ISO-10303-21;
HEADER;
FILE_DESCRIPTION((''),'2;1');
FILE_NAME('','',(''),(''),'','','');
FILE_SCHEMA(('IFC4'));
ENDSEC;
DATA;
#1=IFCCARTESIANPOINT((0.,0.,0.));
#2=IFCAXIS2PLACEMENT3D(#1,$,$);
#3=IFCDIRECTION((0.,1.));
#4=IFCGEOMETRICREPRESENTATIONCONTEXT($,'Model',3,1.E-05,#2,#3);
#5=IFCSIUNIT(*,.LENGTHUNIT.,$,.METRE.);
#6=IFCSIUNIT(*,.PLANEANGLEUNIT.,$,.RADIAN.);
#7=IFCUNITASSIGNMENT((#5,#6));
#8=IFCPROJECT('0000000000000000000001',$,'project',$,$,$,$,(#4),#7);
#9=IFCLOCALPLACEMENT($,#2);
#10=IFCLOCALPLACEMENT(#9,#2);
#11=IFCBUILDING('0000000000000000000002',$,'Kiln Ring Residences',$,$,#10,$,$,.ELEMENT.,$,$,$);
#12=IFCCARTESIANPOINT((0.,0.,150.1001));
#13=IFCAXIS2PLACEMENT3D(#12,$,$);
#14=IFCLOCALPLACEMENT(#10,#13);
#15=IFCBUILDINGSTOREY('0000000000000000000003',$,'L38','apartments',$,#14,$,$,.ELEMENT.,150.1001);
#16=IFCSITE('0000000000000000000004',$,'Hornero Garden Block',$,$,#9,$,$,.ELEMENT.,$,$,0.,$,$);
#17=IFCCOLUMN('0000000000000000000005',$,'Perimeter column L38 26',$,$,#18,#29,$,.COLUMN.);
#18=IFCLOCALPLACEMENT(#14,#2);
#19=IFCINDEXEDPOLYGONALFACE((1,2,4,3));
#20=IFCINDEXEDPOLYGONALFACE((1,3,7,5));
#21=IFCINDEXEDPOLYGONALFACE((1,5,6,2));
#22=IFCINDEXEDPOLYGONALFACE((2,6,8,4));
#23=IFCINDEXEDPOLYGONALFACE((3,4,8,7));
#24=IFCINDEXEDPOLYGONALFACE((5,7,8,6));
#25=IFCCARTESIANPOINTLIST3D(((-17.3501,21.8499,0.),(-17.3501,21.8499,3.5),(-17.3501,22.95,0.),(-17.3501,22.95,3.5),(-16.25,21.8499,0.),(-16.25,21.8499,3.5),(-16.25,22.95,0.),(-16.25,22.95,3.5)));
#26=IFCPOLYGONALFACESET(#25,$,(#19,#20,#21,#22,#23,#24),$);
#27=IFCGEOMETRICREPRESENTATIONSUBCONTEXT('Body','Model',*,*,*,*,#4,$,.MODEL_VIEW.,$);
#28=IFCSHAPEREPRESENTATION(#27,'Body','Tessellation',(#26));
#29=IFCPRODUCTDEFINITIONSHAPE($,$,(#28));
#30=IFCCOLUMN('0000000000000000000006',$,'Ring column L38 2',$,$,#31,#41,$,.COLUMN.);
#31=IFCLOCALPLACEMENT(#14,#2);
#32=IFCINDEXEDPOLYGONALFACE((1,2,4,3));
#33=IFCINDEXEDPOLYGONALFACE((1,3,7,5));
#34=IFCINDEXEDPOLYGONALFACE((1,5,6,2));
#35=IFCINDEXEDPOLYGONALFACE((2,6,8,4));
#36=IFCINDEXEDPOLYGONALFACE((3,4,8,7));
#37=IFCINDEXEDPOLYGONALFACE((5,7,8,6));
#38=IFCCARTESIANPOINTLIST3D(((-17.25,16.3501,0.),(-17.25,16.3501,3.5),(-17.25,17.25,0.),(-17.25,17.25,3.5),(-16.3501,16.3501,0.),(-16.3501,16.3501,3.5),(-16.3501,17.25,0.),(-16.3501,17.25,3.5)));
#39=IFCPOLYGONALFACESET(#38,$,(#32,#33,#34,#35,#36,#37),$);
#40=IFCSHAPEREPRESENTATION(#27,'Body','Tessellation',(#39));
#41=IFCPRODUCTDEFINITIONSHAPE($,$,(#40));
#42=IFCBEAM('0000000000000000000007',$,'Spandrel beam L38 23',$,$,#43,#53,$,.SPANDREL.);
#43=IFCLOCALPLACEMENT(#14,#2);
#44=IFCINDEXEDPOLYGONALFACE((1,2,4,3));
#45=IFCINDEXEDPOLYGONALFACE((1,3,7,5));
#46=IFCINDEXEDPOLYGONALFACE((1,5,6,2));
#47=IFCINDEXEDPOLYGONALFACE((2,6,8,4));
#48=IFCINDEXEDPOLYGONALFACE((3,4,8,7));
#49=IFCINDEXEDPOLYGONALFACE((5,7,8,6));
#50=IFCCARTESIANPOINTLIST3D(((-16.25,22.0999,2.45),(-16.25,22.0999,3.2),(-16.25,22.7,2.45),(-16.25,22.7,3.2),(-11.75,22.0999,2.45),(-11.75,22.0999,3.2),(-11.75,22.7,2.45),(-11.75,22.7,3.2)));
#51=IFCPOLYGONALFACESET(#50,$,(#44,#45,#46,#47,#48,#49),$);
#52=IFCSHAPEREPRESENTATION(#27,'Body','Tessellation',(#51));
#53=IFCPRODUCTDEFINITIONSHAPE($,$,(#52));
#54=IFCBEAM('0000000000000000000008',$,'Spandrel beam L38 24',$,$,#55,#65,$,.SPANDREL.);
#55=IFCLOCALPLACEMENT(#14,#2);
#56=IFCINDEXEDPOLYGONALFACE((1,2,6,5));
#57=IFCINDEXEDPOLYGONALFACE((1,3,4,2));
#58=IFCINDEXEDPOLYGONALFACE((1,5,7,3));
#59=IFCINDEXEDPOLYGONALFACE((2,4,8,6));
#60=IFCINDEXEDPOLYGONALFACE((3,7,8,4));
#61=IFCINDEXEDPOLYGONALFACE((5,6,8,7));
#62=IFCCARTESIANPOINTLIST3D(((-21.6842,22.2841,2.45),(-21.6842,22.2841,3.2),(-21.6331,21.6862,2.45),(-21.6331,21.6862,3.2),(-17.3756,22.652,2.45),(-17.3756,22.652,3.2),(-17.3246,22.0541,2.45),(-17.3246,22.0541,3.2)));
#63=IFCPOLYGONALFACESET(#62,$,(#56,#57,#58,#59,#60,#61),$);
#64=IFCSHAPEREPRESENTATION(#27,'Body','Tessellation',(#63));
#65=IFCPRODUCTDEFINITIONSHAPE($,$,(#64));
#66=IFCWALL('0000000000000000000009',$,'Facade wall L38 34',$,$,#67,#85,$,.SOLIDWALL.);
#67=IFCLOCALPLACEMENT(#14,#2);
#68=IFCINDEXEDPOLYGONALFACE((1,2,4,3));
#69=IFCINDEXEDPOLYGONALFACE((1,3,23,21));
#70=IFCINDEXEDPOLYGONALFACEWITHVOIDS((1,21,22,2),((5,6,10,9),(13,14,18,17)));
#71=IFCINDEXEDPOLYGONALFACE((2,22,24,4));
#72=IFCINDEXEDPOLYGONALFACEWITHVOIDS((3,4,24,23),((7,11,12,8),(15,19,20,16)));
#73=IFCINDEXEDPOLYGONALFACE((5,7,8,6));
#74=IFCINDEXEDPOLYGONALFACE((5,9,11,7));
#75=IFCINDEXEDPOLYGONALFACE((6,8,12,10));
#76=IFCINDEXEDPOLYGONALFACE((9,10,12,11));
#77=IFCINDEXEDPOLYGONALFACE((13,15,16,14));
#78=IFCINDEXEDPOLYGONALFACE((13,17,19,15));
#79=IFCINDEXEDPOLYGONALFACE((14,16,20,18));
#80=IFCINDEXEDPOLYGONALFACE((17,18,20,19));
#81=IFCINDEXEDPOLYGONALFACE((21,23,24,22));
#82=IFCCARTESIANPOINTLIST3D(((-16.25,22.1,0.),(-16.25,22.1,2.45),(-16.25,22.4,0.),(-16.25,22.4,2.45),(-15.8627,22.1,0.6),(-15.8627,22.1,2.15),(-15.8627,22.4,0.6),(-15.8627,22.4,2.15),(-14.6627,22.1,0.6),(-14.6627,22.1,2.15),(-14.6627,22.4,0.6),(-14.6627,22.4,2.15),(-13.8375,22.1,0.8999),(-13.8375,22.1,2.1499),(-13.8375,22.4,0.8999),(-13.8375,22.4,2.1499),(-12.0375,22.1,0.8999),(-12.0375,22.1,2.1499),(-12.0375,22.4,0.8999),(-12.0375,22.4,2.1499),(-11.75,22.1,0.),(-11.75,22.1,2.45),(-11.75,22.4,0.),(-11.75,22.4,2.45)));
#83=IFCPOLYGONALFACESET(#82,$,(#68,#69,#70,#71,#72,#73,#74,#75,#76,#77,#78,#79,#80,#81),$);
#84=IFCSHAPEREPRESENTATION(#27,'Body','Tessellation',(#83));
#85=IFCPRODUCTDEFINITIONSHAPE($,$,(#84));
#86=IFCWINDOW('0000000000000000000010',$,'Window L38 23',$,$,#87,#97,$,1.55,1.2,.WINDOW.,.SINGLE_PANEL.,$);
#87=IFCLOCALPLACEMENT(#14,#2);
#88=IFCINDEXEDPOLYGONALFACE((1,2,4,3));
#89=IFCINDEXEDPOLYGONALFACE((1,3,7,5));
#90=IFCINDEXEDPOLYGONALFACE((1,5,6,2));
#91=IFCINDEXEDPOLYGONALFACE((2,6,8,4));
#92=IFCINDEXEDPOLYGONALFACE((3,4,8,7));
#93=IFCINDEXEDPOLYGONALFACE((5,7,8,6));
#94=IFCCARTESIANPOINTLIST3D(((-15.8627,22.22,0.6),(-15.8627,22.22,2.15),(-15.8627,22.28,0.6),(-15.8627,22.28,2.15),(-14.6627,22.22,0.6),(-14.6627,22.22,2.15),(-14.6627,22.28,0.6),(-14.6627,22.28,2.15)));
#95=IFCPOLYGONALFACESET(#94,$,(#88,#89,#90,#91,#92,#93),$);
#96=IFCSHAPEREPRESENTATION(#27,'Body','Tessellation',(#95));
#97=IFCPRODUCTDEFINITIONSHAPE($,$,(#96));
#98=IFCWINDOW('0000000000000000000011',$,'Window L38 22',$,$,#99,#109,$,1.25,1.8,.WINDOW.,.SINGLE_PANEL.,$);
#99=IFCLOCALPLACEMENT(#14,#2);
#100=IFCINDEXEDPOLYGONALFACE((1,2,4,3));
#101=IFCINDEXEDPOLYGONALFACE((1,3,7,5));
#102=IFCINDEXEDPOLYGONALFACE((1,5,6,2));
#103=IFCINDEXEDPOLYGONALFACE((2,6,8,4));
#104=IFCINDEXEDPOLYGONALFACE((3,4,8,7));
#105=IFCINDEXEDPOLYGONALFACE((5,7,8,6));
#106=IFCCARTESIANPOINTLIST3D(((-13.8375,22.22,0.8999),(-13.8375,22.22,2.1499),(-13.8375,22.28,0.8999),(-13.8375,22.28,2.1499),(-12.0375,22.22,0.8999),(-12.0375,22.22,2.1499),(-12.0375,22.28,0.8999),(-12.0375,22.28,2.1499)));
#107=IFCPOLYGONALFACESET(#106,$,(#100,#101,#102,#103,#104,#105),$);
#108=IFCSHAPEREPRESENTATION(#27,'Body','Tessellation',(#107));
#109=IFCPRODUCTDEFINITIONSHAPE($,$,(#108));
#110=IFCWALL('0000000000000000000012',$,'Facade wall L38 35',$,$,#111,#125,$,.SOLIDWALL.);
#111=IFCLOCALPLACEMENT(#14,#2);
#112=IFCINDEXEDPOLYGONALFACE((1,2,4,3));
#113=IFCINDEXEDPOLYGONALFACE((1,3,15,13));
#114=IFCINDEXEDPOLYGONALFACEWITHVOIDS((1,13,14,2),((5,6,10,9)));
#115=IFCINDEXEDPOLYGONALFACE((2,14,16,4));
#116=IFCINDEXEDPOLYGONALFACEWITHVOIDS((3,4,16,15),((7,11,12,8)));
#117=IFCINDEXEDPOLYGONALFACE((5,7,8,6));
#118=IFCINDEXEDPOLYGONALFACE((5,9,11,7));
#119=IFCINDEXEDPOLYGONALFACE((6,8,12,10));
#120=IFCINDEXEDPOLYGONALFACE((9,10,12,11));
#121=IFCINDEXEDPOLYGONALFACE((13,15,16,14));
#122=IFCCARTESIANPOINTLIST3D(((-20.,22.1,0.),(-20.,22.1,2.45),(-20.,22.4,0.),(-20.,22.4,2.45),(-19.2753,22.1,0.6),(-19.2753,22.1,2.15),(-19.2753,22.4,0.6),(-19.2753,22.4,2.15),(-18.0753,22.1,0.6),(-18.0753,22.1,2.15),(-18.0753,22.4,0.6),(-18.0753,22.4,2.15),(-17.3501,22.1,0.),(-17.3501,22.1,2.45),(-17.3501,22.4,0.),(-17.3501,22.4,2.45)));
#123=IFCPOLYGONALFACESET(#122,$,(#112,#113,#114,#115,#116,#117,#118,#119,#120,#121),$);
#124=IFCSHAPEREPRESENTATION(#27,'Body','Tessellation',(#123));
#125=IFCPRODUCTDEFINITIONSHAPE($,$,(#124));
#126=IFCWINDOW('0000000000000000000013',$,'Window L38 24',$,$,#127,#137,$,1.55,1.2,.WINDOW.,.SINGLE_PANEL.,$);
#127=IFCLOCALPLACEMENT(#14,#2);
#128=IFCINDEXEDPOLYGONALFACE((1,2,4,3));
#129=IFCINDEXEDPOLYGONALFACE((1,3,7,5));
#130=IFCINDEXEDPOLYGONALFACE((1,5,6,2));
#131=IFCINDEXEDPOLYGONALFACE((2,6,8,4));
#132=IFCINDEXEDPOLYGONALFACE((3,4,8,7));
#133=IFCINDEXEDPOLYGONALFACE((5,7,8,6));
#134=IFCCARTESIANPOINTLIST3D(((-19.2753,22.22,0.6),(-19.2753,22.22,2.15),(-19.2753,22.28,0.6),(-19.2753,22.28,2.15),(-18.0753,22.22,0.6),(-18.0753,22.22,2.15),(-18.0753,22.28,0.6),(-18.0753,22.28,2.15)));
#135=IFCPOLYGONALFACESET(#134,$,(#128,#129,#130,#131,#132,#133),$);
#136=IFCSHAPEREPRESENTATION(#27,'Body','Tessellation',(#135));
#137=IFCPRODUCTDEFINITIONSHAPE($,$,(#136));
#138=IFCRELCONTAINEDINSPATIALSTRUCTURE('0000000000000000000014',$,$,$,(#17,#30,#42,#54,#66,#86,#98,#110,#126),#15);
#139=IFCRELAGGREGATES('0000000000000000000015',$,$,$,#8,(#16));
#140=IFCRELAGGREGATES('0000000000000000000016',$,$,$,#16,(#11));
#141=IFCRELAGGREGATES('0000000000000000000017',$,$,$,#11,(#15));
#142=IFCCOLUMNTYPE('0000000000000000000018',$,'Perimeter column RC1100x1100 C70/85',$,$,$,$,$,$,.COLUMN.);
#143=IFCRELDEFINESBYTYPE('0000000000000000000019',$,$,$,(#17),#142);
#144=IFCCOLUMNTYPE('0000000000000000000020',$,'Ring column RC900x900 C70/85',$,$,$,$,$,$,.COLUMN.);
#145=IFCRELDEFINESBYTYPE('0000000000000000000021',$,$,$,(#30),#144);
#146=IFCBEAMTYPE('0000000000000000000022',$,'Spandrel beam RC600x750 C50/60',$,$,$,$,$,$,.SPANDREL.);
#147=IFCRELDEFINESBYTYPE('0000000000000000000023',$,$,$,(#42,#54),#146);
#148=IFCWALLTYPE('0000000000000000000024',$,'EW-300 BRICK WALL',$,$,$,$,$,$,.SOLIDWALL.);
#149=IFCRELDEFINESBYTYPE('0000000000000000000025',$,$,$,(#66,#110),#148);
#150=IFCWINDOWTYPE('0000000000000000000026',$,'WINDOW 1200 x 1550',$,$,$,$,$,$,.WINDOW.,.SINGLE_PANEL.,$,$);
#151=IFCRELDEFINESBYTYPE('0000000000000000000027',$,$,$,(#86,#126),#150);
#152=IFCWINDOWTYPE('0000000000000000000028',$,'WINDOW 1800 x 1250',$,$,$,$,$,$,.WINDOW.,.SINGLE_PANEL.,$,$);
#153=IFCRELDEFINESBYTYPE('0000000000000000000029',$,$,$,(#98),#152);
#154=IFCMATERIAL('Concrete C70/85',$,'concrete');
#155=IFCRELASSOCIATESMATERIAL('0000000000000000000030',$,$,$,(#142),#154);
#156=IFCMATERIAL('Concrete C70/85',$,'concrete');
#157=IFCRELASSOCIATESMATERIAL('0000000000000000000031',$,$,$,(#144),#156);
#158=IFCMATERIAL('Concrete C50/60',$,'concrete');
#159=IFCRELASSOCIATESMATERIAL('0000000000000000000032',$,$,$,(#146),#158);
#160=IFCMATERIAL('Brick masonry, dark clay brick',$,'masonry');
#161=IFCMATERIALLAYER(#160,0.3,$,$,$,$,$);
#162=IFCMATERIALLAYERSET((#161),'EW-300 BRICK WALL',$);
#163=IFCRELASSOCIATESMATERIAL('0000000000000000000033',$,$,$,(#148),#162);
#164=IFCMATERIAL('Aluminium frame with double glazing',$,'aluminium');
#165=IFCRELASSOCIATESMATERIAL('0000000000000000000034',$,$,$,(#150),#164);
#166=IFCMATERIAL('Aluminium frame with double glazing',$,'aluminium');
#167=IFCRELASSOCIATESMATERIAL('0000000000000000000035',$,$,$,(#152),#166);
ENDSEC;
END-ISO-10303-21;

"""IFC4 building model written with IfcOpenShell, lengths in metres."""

from ifc_helpers import new_model, si_unit, direction, frame, frame_2d, origin, origin_2d, place, context, subcontext, project, spatial, rectangle, extrude, material, layer, layer_set, material_profile, profile_set, type_object, element, fill, save


model = new_model("IFC4")

# Units and contexts
model_context = context("Model", 3, precision=1e-05, world=origin(), true_north=direction((0.0, 1.0)))
body_context = subcontext(model_context, "Body", "Model", "MODEL_VIEW")
ifc_project = project(units=[si_unit("LENGTHUNIT", "METRE"), si_unit("PLANEANGLEUNIT", "RADIAN")], contexts=[model_context])

# Site, building, storey
site_placement = place(None, origin())
site = spatial("IfcSite", under=ifc_project, at=site_placement, Name="Hornero Garden Block", CompositionType="ELEMENT", RefElevation=0.0)
building_placement = place(site_placement, origin())
building = spatial("IfcBuilding", under=site, at=building_placement, Name="Kiln Ring Residences", CompositionType="ELEMENT")
storey_placement = place(building_placement, frame((0.0, 0.0, 150.1001)))
storey = spatial("IfcBuildingStorey", under=building, at=storey_placement, Name="L38", Description="apartments", CompositionType="ELEMENT", Elevation=150.1001)

# Columns
ifc_material_1 = material(Name="Concrete C70/85", Category="concrete")
ifc_material_profile_1 = material_profile(ifc_material_1, rectangle(XDim=1.1001, YDim=1.1001, at=origin_2d()), Name="RC1100x1100")
ifc_profile_set_1 = profile_set([ifc_material_profile_1], Name="Concrete C70/85")
column_type_1 = type_object("IfcColumnType", Name="Perimeter column RC1100x1100 C70/85", PredefinedType="COLUMN", material=ifc_profile_set_1)
column_1_placement = place(storey_placement, frame((-16.8, 22.3999, 0.0), z_axis=(0.0, 0.0, 1.0), x_axis=(1.0, 0.0, 0.0)))
element("IfcColumn", 1, at=column_1_placement, inside=storey, type_object=column_type_1, Name="Perimeter column L38 26", PredefinedType="COLUMN", context=body_context, shape_type="SweptSolid", body=[
    extrude(rectangle(XDim=1.1001, YDim=1.1001, at=origin_2d()), origin(), (0.0, 0.0, 1.0), 3.5),
])
ifc_material_2 = material(Name="Concrete C70/85", Category="concrete")
ifc_material_profile_2 = material_profile(ifc_material_2, rectangle(XDim=0.8999, YDim=0.8999, at=origin_2d()), Name="RC900x900")
ifc_profile_set_2 = profile_set([ifc_material_profile_2], Name="Concrete C70/85")
column_type_2 = type_object("IfcColumnType", Name="Ring column RC900x900 C70/85", PredefinedType="COLUMN", material=ifc_profile_set_2)
column_2_placement = place(storey_placement, frame((-16.8, 16.8, 0.0), z_axis=(0.0, 0.0, 1.0), x_axis=(1.0, 0.0, 0.0)))
element("IfcColumn", 2, at=column_2_placement, inside=storey, type_object=column_type_2, Name="Ring column L38 2", PredefinedType="COLUMN", context=body_context, shape_type="SweptSolid", body=[
    extrude(rectangle(XDim=0.8999, YDim=0.8999, at=origin_2d()), origin(), (0.0, 0.0, 1.0), 3.5),
])

# Beams
ifc_material_3 = material(Name="Concrete C50/60", Category="concrete")
ifc_material_profile_3 = material_profile(ifc_material_3, rectangle(XDim=0.6001, YDim=0.75, at=origin_2d()), Name="RC600x750")
ifc_profile_set_3 = profile_set([ifc_material_profile_3], Name="Concrete C50/60")
beam_type = type_object("IfcBeamType", Name="Spandrel beam RC600x750 C50/60", PredefinedType="SPANDREL", material=ifc_profile_set_3)
beam_1_placement = place(storey_placement, frame((-11.75, 22.3999, 2.825), z_axis=(-1.0, 0.0, 0.0), x_axis=(0.0, -1.0, 0.0)))
element("IfcBeam", 3, at=beam_1_placement, inside=storey, type_object=beam_type, Name="Spandrel beam L38 23", PredefinedType="SPANDREL", context=body_context, shape_type="SweptSolid", body=[
    extrude(rectangle(XDim=0.6001, YDim=0.75, at=origin_2d()), origin(), (0.0, 0.0, 1.0), 4.5),
])
beam_2_placement = place(storey_placement, frame((-17.3501, 22.353, 2.825), z_axis=(-0.996374, -0.085082, 0.0), x_axis=(0.085082, -0.996374, 0.0)))
element("IfcBeam", 4, at=beam_2_placement, inside=storey, type_object=beam_type, Name="Spandrel beam L38 24", PredefinedType="SPANDREL", context=body_context, shape_type="SweptSolid", body=[
    extrude(rectangle(XDim=0.6001, YDim=0.75, at=origin_2d()), origin(), (0.0, 0.0, 1.0), 4.3242),
])

# Wall, openings, windows
ifc_material_4 = material(Name="Brick masonry, dark clay brick", Category="masonry")
ifc_layer_1 = layer(ifc_material_4, 0.3)
ifc_layer_set_1 = layer_set([ifc_layer_1], Name="EW-300 BRICK WALL")
wall_type_1 = type_object("IfcWallType", Name="EW-300 BRICK WALL", PredefinedType="SOLIDWALL", material=ifc_layer_set_1)
wall_1_placement = place(storey_placement, frame((-11.75, 22.25, 0.0), z_axis=(0.0, 0.0, 1.0), x_axis=(-1.0, 0.0, 0.0)))
wall_1 = element("IfcWall", 5, at=wall_1_placement, inside=storey, type_object=wall_type_1, Name="Facade wall L38 34", PredefinedType="SOLIDWALL", context=body_context, shape_type="SweptSolid", body=[
    extrude(rectangle(XDim=4.5, YDim=0.3, at=frame_2d((2.25, 0.0))), origin(), (0.0, 0.0, 1.0), 2.45),
])
opening_1_placement = place(wall_1_placement, frame((0.2876, 0.0, 0.8999)))
opening_1 = element("IfcOpeningElement", 6, at=opening_1_placement, cuts=wall_1, PredefinedType="OPENING", context=body_context, shape_type="SweptSolid", body=[
    extrude(rectangle(XDim=1.8, YDim=1.25, at=frame_2d((0.8999, 0.625))), frame((0.0, 0.1599, 0.0), z_axis=(0.0, -1.0, 0.0), x_axis=(1.0, 0.0, 0.0)), (0.0, 0.0, 1.0), 0.3201),
])
opening_2_placement = place(wall_1_placement, frame((2.9126, 0.0, 0.6001)))
opening_2 = element("IfcOpeningElement", 7, at=opening_2_placement, cuts=wall_1, PredefinedType="OPENING", context=body_context, shape_type="SweptSolid", body=[
    extrude(rectangle(XDim=1.2, YDim=1.55, at=frame_2d((0.6001, 0.7749))), frame((0.0, 0.1599, 0.0), z_axis=(0.0, -1.0, 0.0), x_axis=(1.0, 0.0, 0.0)), (0.0, 0.0, 1.0), 0.3201),
])
ifc_material_5 = material(Name="Aluminium frame with double glazing", Category="aluminium")
window_type_1 = type_object("IfcWindowType", Name="WINDOW 1200 x 1550", PartitioningType="SINGLE_PANEL", PredefinedType="WINDOW", material=ifc_material_5)
window_1_placement = place(opening_2_placement, origin())
window_1 = element("IfcWindow", 8, at=window_1_placement, inside=storey, type_object=window_type_1, Name="Window L38 23", OverallHeight=1.55, OverallWidth=1.2, PartitioningType="SINGLE_PANEL", PredefinedType="WINDOW", context=body_context, shape_type="SweptSolid", body=[
    extrude(rectangle(XDim=1.2, YDim=1.55, at=frame_2d((0.6001, 0.7749))), frame((0.0, 0.03, 0.0), z_axis=(0.0, -1.0, 0.0), x_axis=(1.0, 0.0, 0.0)), (0.0, 0.0, 1.0), 0.0601),
])
fill(opening_2, window_1)
ifc_material_6 = material(Name="Aluminium frame with double glazing", Category="aluminium")
window_type_2 = type_object("IfcWindowType", Name="WINDOW 1800 x 1250", PartitioningType="SINGLE_PANEL", PredefinedType="WINDOW", material=ifc_material_6)
window_2_placement = place(opening_1_placement, origin())
window_2 = element("IfcWindow", 9, at=window_2_placement, inside=storey, type_object=window_type_2, Name="Window L38 22", OverallHeight=1.25, OverallWidth=1.8, PartitioningType="SINGLE_PANEL", PredefinedType="WINDOW", context=body_context, shape_type="SweptSolid", body=[
    extrude(rectangle(XDim=1.8, YDim=1.25, at=frame_2d((0.8999, 0.625))), frame((0.0, 0.03, 0.0), z_axis=(0.0, -1.0, 0.0), x_axis=(1.0, 0.0, 0.0)), (0.0, 0.0, 1.0), 0.0601),
])
fill(opening_1, window_2)

# Wall, opening, window
wall_2_placement = place(storey_placement, frame((-17.3501, 22.25, 0.0), z_axis=(0.0, 0.0, 1.0), x_axis=(-1.0, 0.0, 0.0)))
wall_2 = element("IfcWall", 10, at=wall_2_placement, inside=storey, type_object=wall_type_1, Name="Facade wall L38 35", PredefinedType="SOLIDWALL", context=body_context, shape_type="SweptSolid", body=[
    extrude(rectangle(XDim=2.6499, YDim=0.3, at=frame_2d((1.325, 0.0))), origin(), (0.0, 0.0, 1.0), 2.45),
])
opening_3_placement = place(wall_2_placement, frame((0.7251, 0.0, 0.6001)))
opening_3 = element("IfcOpeningElement", 11, at=opening_3_placement, cuts=wall_2, PredefinedType="OPENING", context=body_context, shape_type="SweptSolid", body=[
    extrude(rectangle(XDim=1.2, YDim=1.55, at=frame_2d((0.6001, 0.7749))), frame((0.0, 0.1599, 0.0), z_axis=(0.0, -1.0, 0.0), x_axis=(1.0, 0.0, 0.0)), (0.0, 0.0, 1.0), 0.3201),
])
window_3_placement = place(opening_3_placement, origin())
window_3 = element("IfcWindow", 12, at=window_3_placement, inside=storey, type_object=window_type_1, Name="Window L38 24", OverallHeight=1.55, OverallWidth=1.2, PartitioningType="SINGLE_PANEL", PredefinedType="WINDOW", context=body_context, shape_type="SweptSolid", body=[
    extrude(rectangle(XDim=1.2, YDim=1.55, at=frame_2d((0.6001, 0.7749))), frame((0.0, 0.03, 0.0), z_axis=(0.0, -1.0, 0.0), x_axis=(1.0, 0.0, 0.0)), (0.0, 0.0, 1.0), 0.0601),
])
fill(opening_3, window_3)

save(model, "model.ifc")
